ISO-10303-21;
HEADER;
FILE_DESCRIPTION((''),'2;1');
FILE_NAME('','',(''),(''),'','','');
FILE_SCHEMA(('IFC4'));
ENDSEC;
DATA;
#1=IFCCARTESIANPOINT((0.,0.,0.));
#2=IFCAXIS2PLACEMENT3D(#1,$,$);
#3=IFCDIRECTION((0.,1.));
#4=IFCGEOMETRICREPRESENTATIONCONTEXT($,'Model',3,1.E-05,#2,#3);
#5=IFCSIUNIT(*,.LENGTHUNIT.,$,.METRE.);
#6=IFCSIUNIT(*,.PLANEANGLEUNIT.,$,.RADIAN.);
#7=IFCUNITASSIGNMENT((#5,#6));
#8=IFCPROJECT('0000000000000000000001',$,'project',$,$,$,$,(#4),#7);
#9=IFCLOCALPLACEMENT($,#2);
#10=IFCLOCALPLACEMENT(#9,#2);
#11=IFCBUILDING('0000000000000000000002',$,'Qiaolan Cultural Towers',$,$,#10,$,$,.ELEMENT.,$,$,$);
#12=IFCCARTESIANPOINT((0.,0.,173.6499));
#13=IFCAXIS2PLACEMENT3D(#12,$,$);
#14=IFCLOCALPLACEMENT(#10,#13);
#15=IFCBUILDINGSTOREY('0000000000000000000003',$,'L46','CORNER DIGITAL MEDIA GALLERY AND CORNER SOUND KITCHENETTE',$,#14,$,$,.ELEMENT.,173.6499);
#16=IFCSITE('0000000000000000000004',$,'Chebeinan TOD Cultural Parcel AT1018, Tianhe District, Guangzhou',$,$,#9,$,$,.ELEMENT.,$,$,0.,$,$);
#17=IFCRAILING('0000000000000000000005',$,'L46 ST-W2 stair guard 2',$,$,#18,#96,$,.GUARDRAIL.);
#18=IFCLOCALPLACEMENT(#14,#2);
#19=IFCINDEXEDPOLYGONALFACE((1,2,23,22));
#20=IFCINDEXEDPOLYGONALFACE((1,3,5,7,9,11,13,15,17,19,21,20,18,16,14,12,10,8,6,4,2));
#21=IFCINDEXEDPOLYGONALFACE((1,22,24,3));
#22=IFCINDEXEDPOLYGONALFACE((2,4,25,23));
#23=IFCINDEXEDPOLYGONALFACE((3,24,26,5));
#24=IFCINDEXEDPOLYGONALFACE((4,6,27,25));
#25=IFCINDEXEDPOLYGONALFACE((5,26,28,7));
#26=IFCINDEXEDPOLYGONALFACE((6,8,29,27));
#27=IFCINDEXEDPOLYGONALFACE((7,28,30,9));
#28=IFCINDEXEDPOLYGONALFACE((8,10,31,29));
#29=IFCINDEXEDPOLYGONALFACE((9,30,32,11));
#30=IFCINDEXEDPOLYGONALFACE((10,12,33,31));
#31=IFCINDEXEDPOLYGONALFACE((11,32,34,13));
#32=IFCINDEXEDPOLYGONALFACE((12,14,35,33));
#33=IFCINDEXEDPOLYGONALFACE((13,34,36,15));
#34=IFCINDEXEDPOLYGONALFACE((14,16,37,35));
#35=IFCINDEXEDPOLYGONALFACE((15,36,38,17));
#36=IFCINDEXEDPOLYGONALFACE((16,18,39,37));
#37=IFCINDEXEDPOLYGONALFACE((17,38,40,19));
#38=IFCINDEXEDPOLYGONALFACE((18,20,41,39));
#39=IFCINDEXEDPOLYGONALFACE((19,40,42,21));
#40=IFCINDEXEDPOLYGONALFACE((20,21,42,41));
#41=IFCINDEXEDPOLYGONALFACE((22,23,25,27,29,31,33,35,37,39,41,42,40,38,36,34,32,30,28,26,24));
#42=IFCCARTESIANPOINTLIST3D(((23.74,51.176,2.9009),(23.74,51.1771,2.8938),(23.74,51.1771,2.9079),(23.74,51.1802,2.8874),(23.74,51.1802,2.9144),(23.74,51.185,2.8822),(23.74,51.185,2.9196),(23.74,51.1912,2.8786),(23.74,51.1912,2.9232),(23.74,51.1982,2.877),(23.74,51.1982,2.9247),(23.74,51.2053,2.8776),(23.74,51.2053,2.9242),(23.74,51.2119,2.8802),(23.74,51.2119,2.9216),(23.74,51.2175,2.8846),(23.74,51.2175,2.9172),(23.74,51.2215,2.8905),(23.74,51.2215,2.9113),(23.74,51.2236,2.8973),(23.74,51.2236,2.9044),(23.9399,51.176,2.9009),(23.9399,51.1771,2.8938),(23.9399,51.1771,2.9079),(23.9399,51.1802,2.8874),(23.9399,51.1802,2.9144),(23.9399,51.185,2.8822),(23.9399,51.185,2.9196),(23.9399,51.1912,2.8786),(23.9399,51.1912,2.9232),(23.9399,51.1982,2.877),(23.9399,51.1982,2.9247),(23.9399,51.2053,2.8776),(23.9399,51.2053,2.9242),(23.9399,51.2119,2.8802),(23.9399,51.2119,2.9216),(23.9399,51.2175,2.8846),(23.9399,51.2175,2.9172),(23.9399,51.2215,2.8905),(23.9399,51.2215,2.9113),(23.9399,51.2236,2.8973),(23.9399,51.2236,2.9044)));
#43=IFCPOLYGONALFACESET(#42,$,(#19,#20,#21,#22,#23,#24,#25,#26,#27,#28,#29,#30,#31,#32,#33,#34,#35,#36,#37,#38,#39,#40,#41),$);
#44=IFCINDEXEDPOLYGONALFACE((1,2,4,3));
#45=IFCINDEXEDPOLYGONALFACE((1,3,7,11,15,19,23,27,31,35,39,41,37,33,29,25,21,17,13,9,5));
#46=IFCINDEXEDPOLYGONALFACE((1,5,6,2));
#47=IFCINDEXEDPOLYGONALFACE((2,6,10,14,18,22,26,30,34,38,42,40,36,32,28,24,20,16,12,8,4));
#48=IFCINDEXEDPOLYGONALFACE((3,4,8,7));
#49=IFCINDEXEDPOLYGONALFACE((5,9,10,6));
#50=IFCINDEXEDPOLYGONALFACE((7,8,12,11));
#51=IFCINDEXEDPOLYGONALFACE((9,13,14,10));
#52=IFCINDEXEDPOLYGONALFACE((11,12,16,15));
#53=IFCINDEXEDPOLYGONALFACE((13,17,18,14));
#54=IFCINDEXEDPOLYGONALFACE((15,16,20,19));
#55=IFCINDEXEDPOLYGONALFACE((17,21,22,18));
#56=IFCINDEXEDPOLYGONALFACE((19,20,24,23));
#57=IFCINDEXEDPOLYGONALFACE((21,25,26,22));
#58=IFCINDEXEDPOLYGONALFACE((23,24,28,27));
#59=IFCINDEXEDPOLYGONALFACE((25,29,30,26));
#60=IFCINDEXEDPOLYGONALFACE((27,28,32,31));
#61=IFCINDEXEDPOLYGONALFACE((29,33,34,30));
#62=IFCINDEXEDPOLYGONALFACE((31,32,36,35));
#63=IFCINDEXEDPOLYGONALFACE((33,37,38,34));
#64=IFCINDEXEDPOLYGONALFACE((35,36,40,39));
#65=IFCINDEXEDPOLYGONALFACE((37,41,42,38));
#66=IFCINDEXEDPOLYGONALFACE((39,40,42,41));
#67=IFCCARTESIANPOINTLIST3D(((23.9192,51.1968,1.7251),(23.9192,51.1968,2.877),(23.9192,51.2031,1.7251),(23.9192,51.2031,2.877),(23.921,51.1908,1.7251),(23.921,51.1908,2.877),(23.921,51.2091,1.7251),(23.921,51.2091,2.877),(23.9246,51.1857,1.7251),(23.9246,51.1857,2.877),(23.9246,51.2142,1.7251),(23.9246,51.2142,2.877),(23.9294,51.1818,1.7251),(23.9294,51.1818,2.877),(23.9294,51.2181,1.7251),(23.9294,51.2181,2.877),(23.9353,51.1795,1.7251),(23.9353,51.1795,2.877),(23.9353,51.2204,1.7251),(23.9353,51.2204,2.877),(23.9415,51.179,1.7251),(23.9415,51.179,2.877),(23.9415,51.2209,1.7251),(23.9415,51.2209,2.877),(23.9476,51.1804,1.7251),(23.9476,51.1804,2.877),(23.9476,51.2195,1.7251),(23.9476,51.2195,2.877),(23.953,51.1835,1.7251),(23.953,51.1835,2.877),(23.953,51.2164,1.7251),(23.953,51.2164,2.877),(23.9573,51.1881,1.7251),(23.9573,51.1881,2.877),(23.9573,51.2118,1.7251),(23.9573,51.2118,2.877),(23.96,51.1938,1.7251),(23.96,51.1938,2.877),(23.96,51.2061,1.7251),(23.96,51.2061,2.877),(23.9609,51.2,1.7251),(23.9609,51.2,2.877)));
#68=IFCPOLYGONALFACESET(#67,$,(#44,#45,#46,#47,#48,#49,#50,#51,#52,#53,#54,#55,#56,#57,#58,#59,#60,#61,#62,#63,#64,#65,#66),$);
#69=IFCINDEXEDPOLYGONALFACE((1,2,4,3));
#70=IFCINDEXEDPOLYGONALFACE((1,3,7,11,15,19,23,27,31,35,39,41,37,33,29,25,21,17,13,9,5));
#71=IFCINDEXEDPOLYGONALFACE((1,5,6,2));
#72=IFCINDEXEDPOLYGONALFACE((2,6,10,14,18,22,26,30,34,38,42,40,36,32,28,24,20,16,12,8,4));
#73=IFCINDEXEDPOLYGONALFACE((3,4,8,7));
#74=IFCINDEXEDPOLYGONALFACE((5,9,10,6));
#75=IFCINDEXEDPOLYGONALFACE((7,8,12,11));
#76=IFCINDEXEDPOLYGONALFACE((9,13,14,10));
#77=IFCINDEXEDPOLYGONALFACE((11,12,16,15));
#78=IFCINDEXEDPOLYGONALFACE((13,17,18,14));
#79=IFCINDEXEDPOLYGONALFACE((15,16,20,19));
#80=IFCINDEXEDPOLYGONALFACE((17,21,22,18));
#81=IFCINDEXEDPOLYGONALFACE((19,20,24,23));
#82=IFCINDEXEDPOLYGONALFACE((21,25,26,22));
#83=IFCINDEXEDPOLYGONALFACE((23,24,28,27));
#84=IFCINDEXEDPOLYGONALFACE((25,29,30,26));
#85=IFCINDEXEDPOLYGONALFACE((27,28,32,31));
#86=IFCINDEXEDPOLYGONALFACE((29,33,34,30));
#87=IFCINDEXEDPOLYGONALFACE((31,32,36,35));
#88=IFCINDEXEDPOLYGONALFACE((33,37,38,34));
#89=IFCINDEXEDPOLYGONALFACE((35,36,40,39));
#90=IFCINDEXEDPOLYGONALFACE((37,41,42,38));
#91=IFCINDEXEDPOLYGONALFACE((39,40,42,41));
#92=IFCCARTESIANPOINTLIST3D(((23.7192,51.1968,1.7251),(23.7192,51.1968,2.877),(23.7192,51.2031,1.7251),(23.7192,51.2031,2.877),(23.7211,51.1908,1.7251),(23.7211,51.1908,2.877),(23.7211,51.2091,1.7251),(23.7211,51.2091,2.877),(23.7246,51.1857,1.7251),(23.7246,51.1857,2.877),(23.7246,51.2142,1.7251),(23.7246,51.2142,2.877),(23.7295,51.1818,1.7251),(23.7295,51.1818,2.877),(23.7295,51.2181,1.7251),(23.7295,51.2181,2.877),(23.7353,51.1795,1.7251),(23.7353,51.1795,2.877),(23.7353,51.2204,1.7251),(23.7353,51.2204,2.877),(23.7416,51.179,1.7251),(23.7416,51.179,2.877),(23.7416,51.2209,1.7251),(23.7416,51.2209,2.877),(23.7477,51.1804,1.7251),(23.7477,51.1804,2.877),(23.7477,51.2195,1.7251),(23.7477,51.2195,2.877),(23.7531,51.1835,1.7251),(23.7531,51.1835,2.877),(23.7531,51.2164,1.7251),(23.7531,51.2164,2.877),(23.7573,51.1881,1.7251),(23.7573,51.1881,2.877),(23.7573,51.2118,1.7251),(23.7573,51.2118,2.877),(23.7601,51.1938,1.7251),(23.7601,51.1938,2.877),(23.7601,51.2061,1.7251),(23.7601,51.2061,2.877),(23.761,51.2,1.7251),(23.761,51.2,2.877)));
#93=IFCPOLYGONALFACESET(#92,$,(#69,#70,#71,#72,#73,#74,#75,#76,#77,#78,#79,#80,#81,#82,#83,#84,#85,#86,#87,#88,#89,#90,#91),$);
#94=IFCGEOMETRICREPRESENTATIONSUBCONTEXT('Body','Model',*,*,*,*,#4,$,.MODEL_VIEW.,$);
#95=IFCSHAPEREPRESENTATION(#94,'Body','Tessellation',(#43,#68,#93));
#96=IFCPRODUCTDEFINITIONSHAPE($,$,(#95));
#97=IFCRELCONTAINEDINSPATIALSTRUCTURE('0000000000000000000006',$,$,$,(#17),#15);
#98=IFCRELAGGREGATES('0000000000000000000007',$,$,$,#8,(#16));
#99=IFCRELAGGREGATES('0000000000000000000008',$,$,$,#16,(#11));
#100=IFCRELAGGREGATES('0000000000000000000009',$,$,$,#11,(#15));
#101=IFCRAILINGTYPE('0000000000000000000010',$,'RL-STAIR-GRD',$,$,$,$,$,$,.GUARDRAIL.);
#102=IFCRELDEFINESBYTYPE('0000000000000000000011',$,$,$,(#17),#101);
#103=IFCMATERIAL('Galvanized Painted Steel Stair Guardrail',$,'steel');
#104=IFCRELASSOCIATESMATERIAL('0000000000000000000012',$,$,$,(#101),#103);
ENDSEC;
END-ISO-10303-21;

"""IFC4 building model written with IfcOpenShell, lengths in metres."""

from ifc_helpers import new_model, si_unit, direction, frame, origin, origin_2d, place, context, subcontext, project, spatial, circle, extrude, material, type_object, element, save


model = new_model("IFC4")

# Units and contexts
model_context = context("Model", 3, precision=1e-05, world=origin(), true_north=direction((0.0, 1.0)))
body_context = subcontext(model_context, "Body", "Model", "MODEL_VIEW")
ifc_project = project(units=[si_unit("LENGTHUNIT", "METRE"), si_unit("PLANEANGLEUNIT", "RADIAN")], contexts=[model_context])

# Site, building, storey
site_placement = place(None, origin())
site = spatial("IfcSite", under=ifc_project, at=site_placement, Name="Chebeinan TOD Cultural Parcel AT1018, Tianhe District, Guangzhou", CompositionType="ELEMENT", RefElevation=0.0)
building_placement = place(site_placement, origin())
building = spatial("IfcBuilding", under=site, at=building_placement, Name="Qiaolan Cultural Towers", CompositionType="ELEMENT")
storey_placement = place(building_placement, frame((0.0, 0.0, 173.6499)))
storey = spatial("IfcBuildingStorey", under=building, at=storey_placement, Name="L46", Description="CORNER DIGITAL MEDIA GALLERY AND CORNER SOUND KITCHENETTE", CompositionType="ELEMENT", Elevation=173.6499)

# Railing
ifc_material_1 = material(Name="Galvanized Painted Steel Stair Guardrail", Category="steel")
railing_type_1 = type_object("IfcRailingType", Name="RL-STAIR-GRD", PredefinedType="GUARDRAIL", material=ifc_material_1)
railing_1_placement = place(storey_placement, frame((23.9399, 51.2, 1.7251)))
element("IfcRailing", 1, at=railing_1_placement, inside=storey, type_object=railing_type_1, Name="L46 ST-W2 stair guard 2", PredefinedType="GUARDRAIL", context=body_context, shape_type="SweptSolid", body=[
    extrude(circle(Radius=0.0239, at=origin_2d()), frame((0.0, 0.0, 1.1758), z_axis=(-1.0, 0.0, 0.0), x_axis=(0.0, -1.0, 0.0)), (0.0, 0.0, 1.0), 0.2),
    extrude(circle(Radius=0.021, at=origin_2d()), origin(), (0.0, 0.0, 1.0), 1.1519),
    extrude(circle(Radius=0.021, at=origin_2d()), frame((-0.2, 0.0, 0.0)), (0.0, 0.0, 1.0), 1.1519),
])

save(model, "model.ifc")
